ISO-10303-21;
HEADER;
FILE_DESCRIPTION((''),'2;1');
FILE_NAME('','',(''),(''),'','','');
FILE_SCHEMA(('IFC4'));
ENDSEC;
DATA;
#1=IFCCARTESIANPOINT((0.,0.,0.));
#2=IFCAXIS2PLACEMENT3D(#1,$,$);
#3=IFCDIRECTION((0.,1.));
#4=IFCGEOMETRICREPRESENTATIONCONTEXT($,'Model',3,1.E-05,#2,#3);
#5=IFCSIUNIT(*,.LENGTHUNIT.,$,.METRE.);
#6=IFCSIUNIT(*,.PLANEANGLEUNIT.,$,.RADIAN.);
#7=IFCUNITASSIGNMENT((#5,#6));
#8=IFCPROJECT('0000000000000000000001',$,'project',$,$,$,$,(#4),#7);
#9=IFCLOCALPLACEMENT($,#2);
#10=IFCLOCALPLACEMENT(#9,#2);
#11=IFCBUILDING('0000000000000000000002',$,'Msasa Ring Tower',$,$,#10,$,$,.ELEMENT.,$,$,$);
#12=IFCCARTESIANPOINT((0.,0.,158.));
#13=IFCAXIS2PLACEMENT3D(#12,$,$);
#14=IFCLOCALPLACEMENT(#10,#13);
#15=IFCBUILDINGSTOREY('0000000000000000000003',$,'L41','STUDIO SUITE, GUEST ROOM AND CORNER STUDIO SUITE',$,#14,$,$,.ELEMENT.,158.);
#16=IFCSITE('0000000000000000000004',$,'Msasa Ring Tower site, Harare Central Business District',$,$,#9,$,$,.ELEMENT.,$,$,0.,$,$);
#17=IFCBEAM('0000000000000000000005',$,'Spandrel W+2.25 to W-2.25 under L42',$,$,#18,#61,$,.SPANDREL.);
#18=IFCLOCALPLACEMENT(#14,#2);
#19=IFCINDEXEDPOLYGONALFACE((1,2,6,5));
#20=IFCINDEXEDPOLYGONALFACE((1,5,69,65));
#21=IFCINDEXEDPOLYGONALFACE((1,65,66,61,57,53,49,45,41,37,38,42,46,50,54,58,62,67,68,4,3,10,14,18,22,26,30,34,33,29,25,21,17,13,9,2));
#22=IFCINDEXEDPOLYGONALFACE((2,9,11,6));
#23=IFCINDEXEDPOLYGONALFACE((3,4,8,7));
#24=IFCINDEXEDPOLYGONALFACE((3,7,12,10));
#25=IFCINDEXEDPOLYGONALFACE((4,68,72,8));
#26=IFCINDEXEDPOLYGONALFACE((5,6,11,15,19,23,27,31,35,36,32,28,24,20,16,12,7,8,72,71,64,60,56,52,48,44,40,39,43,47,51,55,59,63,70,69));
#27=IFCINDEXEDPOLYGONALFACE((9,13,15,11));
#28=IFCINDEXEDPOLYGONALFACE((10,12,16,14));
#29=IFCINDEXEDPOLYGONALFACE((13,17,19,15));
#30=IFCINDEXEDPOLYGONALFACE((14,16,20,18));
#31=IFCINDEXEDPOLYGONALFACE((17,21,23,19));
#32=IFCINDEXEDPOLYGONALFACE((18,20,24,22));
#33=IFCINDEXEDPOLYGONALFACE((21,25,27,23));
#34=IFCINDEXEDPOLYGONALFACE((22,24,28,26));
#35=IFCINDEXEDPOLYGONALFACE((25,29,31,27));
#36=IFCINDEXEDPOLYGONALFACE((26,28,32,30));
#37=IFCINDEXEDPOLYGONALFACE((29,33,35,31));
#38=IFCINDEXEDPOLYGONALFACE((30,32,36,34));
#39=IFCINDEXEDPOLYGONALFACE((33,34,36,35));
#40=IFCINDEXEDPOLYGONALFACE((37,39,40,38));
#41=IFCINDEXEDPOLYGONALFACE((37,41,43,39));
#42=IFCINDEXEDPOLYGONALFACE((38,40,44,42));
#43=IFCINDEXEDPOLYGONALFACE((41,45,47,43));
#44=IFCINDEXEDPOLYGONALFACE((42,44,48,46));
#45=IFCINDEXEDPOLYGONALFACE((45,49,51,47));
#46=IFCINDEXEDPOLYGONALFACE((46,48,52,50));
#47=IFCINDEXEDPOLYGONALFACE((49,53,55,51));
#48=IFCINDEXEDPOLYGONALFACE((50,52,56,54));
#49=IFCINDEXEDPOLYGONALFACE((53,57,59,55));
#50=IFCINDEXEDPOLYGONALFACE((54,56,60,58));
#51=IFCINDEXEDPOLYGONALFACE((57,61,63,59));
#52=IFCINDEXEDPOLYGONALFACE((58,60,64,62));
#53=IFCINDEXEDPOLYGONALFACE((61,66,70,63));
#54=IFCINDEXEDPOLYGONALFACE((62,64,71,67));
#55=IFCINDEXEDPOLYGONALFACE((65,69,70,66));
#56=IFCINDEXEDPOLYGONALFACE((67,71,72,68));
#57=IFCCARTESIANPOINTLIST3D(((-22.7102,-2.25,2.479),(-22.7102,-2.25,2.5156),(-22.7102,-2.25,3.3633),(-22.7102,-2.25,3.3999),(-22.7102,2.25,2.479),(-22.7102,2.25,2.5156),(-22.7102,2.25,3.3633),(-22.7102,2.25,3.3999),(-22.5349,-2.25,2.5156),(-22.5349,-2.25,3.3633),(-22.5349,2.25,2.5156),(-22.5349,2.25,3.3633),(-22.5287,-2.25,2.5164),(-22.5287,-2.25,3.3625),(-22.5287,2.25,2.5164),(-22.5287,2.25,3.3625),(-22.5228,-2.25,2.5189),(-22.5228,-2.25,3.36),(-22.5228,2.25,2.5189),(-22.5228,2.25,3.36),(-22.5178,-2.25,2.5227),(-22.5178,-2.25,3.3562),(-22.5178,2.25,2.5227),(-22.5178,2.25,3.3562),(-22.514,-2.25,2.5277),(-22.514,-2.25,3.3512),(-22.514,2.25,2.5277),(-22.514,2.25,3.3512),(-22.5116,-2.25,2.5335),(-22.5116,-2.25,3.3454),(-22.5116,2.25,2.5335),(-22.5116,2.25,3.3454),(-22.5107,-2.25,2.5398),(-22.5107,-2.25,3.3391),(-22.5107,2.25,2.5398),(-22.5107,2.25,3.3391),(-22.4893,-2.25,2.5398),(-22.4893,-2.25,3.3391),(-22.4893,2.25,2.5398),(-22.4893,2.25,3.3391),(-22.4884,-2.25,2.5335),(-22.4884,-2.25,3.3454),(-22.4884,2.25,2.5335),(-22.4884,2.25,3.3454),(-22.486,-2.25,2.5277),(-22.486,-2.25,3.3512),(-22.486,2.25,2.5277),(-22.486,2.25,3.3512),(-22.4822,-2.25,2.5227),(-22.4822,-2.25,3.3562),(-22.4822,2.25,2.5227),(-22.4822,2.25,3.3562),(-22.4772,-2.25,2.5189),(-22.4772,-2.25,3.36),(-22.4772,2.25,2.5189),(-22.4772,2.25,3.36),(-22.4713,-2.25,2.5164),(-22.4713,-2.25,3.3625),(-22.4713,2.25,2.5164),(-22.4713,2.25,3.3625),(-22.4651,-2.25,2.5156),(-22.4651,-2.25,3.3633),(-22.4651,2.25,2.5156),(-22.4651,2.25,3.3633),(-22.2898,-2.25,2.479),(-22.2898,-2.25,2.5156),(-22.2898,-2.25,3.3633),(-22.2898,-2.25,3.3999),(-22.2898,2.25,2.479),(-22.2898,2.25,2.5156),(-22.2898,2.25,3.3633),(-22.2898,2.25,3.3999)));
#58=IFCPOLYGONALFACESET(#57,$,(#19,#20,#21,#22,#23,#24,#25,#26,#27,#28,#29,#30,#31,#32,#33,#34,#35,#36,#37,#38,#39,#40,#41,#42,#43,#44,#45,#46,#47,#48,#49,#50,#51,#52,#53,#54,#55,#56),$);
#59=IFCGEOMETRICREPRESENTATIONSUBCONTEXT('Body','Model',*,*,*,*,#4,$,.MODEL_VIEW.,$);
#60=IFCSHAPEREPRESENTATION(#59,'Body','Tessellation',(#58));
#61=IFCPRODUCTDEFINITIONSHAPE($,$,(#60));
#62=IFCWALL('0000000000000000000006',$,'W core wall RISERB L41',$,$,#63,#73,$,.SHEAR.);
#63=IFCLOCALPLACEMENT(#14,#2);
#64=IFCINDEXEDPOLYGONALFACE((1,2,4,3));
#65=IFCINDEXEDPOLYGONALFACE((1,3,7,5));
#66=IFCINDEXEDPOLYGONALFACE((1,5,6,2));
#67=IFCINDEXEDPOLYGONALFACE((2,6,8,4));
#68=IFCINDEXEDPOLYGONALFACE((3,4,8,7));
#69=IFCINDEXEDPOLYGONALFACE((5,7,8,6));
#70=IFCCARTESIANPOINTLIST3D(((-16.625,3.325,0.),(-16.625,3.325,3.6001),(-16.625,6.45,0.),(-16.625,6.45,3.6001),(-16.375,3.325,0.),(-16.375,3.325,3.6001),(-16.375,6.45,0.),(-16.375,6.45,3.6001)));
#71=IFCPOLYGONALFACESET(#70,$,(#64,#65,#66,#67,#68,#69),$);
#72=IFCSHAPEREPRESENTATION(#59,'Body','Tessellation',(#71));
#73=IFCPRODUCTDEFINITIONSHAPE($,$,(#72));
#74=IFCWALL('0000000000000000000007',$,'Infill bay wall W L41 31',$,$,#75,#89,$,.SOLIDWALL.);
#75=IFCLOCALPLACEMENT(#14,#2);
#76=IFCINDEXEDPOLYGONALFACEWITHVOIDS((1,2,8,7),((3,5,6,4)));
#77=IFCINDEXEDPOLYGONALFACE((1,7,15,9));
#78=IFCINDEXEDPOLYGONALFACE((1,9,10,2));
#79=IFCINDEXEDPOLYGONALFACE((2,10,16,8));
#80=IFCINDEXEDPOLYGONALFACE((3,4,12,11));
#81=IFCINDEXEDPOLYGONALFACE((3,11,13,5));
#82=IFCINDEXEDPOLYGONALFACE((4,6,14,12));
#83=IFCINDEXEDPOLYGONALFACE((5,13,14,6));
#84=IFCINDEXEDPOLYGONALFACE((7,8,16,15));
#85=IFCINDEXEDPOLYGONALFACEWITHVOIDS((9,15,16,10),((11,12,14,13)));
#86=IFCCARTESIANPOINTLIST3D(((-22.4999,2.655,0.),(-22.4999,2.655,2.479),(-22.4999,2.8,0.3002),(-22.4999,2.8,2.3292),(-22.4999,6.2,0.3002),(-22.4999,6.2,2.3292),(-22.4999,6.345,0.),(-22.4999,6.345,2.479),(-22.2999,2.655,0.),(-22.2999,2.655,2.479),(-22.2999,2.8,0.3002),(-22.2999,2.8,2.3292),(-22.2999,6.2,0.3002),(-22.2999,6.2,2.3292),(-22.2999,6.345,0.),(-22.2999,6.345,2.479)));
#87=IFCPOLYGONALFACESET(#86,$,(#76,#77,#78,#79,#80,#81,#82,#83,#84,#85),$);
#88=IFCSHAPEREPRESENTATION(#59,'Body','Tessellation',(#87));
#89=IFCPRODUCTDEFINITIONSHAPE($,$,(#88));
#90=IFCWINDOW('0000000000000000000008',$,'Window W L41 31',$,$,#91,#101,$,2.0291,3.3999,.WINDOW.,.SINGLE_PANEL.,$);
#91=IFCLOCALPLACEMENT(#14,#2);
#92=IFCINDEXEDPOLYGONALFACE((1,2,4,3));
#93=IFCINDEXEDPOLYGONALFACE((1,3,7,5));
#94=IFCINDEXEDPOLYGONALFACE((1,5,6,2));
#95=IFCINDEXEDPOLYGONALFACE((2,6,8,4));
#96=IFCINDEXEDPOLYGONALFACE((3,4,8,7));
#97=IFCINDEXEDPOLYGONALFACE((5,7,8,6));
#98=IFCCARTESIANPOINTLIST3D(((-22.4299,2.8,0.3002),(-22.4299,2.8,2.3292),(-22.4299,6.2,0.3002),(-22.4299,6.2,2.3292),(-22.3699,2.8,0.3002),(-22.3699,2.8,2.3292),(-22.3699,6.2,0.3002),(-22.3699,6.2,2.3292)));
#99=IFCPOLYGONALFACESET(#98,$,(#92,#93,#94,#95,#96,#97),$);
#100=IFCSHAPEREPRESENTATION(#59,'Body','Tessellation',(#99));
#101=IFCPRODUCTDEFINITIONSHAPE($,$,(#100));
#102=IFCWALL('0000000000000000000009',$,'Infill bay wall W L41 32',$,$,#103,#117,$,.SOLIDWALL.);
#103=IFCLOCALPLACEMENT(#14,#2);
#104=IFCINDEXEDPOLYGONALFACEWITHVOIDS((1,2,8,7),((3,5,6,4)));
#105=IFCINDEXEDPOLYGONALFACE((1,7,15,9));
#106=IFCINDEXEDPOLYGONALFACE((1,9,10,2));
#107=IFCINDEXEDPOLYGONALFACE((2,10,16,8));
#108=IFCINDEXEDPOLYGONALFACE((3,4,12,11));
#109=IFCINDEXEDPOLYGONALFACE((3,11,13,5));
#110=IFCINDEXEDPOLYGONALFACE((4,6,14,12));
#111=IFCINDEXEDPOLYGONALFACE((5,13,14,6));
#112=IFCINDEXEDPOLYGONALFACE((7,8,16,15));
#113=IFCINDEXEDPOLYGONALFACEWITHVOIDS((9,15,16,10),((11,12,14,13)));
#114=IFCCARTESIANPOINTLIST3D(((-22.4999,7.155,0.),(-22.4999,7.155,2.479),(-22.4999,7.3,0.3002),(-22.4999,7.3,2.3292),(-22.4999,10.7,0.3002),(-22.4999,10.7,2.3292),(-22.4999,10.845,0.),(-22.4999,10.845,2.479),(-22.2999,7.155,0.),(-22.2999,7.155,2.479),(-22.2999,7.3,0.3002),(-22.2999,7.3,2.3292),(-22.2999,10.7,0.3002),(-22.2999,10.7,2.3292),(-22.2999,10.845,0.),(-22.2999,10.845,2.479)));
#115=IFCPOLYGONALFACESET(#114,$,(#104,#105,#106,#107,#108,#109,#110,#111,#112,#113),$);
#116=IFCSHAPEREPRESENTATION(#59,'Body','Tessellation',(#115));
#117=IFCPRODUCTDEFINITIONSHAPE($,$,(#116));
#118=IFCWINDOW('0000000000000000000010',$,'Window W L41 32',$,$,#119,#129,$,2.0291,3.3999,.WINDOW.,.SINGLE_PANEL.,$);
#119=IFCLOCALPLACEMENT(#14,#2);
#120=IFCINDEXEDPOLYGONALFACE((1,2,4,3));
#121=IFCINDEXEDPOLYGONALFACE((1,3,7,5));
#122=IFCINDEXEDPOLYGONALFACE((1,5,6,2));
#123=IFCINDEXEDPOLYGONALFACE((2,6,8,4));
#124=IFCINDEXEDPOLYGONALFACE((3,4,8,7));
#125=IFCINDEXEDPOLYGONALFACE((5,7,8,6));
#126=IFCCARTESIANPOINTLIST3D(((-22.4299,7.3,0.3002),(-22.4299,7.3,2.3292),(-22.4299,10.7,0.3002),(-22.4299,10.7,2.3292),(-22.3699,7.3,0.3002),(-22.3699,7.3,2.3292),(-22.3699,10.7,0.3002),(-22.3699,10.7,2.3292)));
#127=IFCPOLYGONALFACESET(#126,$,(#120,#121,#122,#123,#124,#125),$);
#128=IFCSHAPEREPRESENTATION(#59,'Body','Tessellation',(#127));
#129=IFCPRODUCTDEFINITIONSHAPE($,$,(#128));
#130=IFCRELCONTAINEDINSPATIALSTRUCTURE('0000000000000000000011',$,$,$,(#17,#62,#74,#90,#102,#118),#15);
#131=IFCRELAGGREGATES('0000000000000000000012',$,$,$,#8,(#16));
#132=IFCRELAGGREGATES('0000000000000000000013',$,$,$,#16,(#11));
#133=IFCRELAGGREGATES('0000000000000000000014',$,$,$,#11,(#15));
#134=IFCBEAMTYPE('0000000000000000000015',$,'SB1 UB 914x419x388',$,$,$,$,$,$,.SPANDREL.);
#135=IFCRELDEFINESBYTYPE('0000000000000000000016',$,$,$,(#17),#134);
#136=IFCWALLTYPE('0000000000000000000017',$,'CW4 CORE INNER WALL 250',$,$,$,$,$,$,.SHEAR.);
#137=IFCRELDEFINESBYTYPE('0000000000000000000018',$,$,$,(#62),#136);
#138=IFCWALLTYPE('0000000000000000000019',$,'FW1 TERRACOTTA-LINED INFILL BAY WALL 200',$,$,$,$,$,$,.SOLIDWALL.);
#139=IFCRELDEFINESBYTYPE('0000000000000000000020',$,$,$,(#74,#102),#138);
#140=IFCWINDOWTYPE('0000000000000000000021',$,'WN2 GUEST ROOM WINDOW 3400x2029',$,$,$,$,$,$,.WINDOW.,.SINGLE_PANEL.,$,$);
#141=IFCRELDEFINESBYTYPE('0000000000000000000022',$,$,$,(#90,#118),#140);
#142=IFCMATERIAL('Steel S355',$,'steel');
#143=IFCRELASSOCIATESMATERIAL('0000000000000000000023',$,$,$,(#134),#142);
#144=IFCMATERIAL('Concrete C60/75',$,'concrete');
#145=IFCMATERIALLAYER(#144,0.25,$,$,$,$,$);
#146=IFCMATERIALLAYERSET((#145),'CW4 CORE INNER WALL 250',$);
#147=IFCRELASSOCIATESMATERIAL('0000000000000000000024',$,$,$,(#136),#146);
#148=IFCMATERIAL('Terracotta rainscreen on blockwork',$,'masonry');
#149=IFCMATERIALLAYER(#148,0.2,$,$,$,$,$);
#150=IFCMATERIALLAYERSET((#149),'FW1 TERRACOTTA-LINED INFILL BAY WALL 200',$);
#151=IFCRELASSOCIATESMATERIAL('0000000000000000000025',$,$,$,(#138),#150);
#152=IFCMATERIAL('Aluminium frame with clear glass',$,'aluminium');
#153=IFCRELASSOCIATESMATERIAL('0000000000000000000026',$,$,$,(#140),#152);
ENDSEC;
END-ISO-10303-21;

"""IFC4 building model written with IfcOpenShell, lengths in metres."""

from ifc_helpers import new_model, si_unit, direction, frame, frame_2d, origin, origin_2d, place, context, subcontext, project, spatial, rectangle, i_section, extrude, material, layer, layer_set, material_profile, profile_set, type_object, element, fill, save


model = new_model("IFC4")

# Units and contexts
model_context = context("Model", 3, precision=1e-05, world=origin(), true_north=direction((0.0, 1.0)))
body_context = subcontext(model_context, "Body", "Model", "MODEL_VIEW")
ifc_project = project(units=[si_unit("LENGTHUNIT", "METRE"), si_unit("PLANEANGLEUNIT", "RADIAN")], contexts=[model_context])

# Site, building, storey
site_placement = place(None, origin())
site = spatial("IfcSite", under=ifc_project, at=site_placement, Name="Msasa Ring Tower site, Harare Central Business District", CompositionType="ELEMENT", RefElevation=0.0)
building_placement = place(site_placement, origin())
building = spatial("IfcBuilding", under=site, at=building_placement, Name="Msasa Ring Tower", CompositionType="ELEMENT")
storey_placement = place(building_placement, frame((0.0, 0.0, 158.0)))
storey = spatial("IfcBuildingStorey", under=building, at=storey_placement, Name="L41", Description="STUDIO SUITE, GUEST ROOM AND CORNER STUDIO SUITE", CompositionType="ELEMENT", Elevation=158.0)

# Beam
ifc_material_1 = material(Name="Steel S355", Category="steel")
ifc_material_profile_1 = material_profile(ifc_material_1, i_section(OverallWidth=0.4204, OverallDepth=0.9209, WebThickness=0.0215, FlangeThickness=0.0366, FilletRadius=0.0242, at=origin_2d()), Name="UB 914x419x388")
ifc_profile_set_1 = profile_set([ifc_material_profile_1], Name="Steel S355")
beam_type_1 = type_object("IfcBeamType", Name="SB1 UB 914x419x388", PredefinedType="SPANDREL", material=ifc_profile_set_1)
for number, where, z_axis, x_axis, name in (
    (1, (-22.5, 2.25, 2.9395), (0.0, -1.0, 0.0), (1.0, 0.0, 0.0), "Spandrel W+2.25 to W-2.25 under L42"),
):
    element("IfcBeam", number, at=place(storey_placement, frame(where, z_axis=z_axis, x_axis=x_axis)), inside=storey, type_object=beam_type_1, Name=name, PredefinedType="SPANDREL", context=body_context, shape_type="SweptSolid", body=[
        extrude(i_section(OverallWidth=0.4204, OverallDepth=0.9209, WebThickness=0.0215, FlangeThickness=0.0366, FilletRadius=0.0242, at=origin_2d()), origin(), (0.0, 0.0, 1.0), 4.5),
    ])

# Wall
ifc_material_2 = material(Name="Concrete C60/75", Category="concrete")
ifc_layer_1 = layer(ifc_material_2, 0.25)
ifc_layer_set_1 = layer_set([ifc_layer_1], Name="CW4 CORE INNER WALL 250")
wall_type_1 = type_object("IfcWallType", Name="CW4 CORE INNER WALL 250", PredefinedType="SHEAR", material=ifc_layer_set_1)
wall_1_placement = place(storey_placement, frame((-16.5, 3.325, 0.0), z_axis=(0.0, 0.0, 1.0), x_axis=(0.0, 1.0, 0.0)))
element("IfcWall", 2, at=wall_1_placement, inside=storey, type_object=wall_type_1, Name="W core wall RISERB L41", PredefinedType="SHEAR", context=body_context, shape_type="SweptSolid", body=[
    extrude(rectangle(XDim=3.125, YDim=0.25, at=frame_2d((1.5625, 0.0))), origin(), (0.0, 0.0, 1.0), 3.6001),
])

# Walls, openings, windows
ifc_material_3 = material(Name="Terracotta rainscreen on blockwork", Category="masonry")
ifc_layer_2 = layer(ifc_material_3, 0.2)
ifc_layer_set_2 = layer_set([ifc_layer_2], Name="FW1 TERRACOTTA-LINED INFILL BAY WALL 200")
wall_type_2 = type_object("IfcWallType", Name="FW1 TERRACOTTA-LINED INFILL BAY WALL 200", PredefinedType="SOLIDWALL", material=ifc_layer_set_2)
wall_2_placement = place(storey_placement, frame((-22.3999, 2.655, 0.0), z_axis=(0.0, 0.0, 1.0), x_axis=(0.0, 1.0, 0.0)))
wall_2 = element("IfcWall", 3, at=wall_2_placement, inside=storey, type_object=wall_type_2, Name="Infill bay wall W L41 31", PredefinedType="SOLIDWALL", context=body_context, shape_type="SweptSolid", body=[
    extrude(rectangle(XDim=3.6899, YDim=0.2, at=frame_2d((1.845, 0.0))), origin(), (0.0, 0.0, 1.0), 2.479),
])
opening_1_placement = place(wall_2_placement, frame((0.145, 0.0, 0.3)))
opening_1 = element("IfcOpeningElement", 4, at=opening_1_placement, cuts=wall_2, PredefinedType="OPENING", context=body_context, shape_type="SweptSolid", body=[
    extrude(rectangle(XDim=3.3999, YDim=2.0291, at=frame_2d((1.7, 1.0146))), frame((0.0, 0.1099, 0.0), z_axis=(0.0, -1.0, 0.0), x_axis=(1.0, 0.0, 0.0)), (0.0, 0.0, 1.0), 0.22),
])
ifc_material_4 = material(Name="Aluminium frame with clear glass", Category="aluminium")
window_type = type_object("IfcWindowType", Name="WN2 GUEST ROOM WINDOW 3400x2029", PartitioningType="SINGLE_PANEL", PredefinedType="WINDOW", material=ifc_material_4)
window_1_placement = place(opening_1_placement, origin())
window_1 = element("IfcWindow", 5, at=window_1_placement, inside=storey, type_object=window_type, Name="Window W L41 31", OverallHeight=2.0291, OverallWidth=3.3999, PartitioningType="SINGLE_PANEL", PredefinedType="WINDOW", context=body_context, shape_type="SweptSolid", body=[
    extrude(rectangle(XDim=3.3999, YDim=2.0291, at=frame_2d((1.7, 1.0146))), frame((0.0, 0.03, 0.0), z_axis=(0.0, -1.0, 0.0), x_axis=(1.0, 0.0, 0.0)), (0.0, 0.0, 1.0), 0.0601),
])
fill(opening_1, window_1)
wall_3_placement = place(storey_placement, frame((-22.3999, 7.155, 0.0), z_axis=(0.0, 0.0, 1.0), x_axis=(0.0, 1.0, 0.0)))
wall_3 = element("IfcWall", 6, at=wall_3_placement, inside=storey, type_object=wall_type_2, Name="Infill bay wall W L41 32", PredefinedType="SOLIDWALL", context=body_context, shape_type="SweptSolid", body=[
    extrude(rectangle(XDim=3.6899, YDim=0.2, at=frame_2d((1.845, 0.0))), origin(), (0.0, 0.0, 1.0), 2.479),
])
opening_2_placement = place(wall_3_placement, frame((0.145, 0.0, 0.3)))
opening_2 = element("IfcOpeningElement", 7, at=opening_2_placement, cuts=wall_3, PredefinedType="OPENING", context=body_context, shape_type="SweptSolid", body=[
    extrude(rectangle(XDim=3.3999, YDim=2.0291, at=frame_2d((1.7, 1.0146))), frame((0.0, 0.1099, 0.0), z_axis=(0.0, -1.0, 0.0), x_axis=(1.0, 0.0, 0.0)), (0.0, 0.0, 1.0), 0.22),
])
window_2_placement = place(opening_2_placement, origin())
window_2 = element("IfcWindow", 8, at=window_2_placement, inside=storey, type_object=window_type, Name="Window W L41 32", OverallHeight=2.0291, OverallWidth=3.3999, PartitioningType="SINGLE_PANEL", PredefinedType="WINDOW", context=body_context, shape_type="SweptSolid", body=[
    extrude(rectangle(XDim=3.3999, YDim=2.0291, at=frame_2d((1.7, 1.0146))), frame((0.0, 0.03, 0.0), z_axis=(0.0, -1.0, 0.0), x_axis=(1.0, 0.0, 0.0)), (0.0, 0.0, 1.0), 0.0601),
])
fill(opening_2, window_2)

save(model, "model.ifc")
